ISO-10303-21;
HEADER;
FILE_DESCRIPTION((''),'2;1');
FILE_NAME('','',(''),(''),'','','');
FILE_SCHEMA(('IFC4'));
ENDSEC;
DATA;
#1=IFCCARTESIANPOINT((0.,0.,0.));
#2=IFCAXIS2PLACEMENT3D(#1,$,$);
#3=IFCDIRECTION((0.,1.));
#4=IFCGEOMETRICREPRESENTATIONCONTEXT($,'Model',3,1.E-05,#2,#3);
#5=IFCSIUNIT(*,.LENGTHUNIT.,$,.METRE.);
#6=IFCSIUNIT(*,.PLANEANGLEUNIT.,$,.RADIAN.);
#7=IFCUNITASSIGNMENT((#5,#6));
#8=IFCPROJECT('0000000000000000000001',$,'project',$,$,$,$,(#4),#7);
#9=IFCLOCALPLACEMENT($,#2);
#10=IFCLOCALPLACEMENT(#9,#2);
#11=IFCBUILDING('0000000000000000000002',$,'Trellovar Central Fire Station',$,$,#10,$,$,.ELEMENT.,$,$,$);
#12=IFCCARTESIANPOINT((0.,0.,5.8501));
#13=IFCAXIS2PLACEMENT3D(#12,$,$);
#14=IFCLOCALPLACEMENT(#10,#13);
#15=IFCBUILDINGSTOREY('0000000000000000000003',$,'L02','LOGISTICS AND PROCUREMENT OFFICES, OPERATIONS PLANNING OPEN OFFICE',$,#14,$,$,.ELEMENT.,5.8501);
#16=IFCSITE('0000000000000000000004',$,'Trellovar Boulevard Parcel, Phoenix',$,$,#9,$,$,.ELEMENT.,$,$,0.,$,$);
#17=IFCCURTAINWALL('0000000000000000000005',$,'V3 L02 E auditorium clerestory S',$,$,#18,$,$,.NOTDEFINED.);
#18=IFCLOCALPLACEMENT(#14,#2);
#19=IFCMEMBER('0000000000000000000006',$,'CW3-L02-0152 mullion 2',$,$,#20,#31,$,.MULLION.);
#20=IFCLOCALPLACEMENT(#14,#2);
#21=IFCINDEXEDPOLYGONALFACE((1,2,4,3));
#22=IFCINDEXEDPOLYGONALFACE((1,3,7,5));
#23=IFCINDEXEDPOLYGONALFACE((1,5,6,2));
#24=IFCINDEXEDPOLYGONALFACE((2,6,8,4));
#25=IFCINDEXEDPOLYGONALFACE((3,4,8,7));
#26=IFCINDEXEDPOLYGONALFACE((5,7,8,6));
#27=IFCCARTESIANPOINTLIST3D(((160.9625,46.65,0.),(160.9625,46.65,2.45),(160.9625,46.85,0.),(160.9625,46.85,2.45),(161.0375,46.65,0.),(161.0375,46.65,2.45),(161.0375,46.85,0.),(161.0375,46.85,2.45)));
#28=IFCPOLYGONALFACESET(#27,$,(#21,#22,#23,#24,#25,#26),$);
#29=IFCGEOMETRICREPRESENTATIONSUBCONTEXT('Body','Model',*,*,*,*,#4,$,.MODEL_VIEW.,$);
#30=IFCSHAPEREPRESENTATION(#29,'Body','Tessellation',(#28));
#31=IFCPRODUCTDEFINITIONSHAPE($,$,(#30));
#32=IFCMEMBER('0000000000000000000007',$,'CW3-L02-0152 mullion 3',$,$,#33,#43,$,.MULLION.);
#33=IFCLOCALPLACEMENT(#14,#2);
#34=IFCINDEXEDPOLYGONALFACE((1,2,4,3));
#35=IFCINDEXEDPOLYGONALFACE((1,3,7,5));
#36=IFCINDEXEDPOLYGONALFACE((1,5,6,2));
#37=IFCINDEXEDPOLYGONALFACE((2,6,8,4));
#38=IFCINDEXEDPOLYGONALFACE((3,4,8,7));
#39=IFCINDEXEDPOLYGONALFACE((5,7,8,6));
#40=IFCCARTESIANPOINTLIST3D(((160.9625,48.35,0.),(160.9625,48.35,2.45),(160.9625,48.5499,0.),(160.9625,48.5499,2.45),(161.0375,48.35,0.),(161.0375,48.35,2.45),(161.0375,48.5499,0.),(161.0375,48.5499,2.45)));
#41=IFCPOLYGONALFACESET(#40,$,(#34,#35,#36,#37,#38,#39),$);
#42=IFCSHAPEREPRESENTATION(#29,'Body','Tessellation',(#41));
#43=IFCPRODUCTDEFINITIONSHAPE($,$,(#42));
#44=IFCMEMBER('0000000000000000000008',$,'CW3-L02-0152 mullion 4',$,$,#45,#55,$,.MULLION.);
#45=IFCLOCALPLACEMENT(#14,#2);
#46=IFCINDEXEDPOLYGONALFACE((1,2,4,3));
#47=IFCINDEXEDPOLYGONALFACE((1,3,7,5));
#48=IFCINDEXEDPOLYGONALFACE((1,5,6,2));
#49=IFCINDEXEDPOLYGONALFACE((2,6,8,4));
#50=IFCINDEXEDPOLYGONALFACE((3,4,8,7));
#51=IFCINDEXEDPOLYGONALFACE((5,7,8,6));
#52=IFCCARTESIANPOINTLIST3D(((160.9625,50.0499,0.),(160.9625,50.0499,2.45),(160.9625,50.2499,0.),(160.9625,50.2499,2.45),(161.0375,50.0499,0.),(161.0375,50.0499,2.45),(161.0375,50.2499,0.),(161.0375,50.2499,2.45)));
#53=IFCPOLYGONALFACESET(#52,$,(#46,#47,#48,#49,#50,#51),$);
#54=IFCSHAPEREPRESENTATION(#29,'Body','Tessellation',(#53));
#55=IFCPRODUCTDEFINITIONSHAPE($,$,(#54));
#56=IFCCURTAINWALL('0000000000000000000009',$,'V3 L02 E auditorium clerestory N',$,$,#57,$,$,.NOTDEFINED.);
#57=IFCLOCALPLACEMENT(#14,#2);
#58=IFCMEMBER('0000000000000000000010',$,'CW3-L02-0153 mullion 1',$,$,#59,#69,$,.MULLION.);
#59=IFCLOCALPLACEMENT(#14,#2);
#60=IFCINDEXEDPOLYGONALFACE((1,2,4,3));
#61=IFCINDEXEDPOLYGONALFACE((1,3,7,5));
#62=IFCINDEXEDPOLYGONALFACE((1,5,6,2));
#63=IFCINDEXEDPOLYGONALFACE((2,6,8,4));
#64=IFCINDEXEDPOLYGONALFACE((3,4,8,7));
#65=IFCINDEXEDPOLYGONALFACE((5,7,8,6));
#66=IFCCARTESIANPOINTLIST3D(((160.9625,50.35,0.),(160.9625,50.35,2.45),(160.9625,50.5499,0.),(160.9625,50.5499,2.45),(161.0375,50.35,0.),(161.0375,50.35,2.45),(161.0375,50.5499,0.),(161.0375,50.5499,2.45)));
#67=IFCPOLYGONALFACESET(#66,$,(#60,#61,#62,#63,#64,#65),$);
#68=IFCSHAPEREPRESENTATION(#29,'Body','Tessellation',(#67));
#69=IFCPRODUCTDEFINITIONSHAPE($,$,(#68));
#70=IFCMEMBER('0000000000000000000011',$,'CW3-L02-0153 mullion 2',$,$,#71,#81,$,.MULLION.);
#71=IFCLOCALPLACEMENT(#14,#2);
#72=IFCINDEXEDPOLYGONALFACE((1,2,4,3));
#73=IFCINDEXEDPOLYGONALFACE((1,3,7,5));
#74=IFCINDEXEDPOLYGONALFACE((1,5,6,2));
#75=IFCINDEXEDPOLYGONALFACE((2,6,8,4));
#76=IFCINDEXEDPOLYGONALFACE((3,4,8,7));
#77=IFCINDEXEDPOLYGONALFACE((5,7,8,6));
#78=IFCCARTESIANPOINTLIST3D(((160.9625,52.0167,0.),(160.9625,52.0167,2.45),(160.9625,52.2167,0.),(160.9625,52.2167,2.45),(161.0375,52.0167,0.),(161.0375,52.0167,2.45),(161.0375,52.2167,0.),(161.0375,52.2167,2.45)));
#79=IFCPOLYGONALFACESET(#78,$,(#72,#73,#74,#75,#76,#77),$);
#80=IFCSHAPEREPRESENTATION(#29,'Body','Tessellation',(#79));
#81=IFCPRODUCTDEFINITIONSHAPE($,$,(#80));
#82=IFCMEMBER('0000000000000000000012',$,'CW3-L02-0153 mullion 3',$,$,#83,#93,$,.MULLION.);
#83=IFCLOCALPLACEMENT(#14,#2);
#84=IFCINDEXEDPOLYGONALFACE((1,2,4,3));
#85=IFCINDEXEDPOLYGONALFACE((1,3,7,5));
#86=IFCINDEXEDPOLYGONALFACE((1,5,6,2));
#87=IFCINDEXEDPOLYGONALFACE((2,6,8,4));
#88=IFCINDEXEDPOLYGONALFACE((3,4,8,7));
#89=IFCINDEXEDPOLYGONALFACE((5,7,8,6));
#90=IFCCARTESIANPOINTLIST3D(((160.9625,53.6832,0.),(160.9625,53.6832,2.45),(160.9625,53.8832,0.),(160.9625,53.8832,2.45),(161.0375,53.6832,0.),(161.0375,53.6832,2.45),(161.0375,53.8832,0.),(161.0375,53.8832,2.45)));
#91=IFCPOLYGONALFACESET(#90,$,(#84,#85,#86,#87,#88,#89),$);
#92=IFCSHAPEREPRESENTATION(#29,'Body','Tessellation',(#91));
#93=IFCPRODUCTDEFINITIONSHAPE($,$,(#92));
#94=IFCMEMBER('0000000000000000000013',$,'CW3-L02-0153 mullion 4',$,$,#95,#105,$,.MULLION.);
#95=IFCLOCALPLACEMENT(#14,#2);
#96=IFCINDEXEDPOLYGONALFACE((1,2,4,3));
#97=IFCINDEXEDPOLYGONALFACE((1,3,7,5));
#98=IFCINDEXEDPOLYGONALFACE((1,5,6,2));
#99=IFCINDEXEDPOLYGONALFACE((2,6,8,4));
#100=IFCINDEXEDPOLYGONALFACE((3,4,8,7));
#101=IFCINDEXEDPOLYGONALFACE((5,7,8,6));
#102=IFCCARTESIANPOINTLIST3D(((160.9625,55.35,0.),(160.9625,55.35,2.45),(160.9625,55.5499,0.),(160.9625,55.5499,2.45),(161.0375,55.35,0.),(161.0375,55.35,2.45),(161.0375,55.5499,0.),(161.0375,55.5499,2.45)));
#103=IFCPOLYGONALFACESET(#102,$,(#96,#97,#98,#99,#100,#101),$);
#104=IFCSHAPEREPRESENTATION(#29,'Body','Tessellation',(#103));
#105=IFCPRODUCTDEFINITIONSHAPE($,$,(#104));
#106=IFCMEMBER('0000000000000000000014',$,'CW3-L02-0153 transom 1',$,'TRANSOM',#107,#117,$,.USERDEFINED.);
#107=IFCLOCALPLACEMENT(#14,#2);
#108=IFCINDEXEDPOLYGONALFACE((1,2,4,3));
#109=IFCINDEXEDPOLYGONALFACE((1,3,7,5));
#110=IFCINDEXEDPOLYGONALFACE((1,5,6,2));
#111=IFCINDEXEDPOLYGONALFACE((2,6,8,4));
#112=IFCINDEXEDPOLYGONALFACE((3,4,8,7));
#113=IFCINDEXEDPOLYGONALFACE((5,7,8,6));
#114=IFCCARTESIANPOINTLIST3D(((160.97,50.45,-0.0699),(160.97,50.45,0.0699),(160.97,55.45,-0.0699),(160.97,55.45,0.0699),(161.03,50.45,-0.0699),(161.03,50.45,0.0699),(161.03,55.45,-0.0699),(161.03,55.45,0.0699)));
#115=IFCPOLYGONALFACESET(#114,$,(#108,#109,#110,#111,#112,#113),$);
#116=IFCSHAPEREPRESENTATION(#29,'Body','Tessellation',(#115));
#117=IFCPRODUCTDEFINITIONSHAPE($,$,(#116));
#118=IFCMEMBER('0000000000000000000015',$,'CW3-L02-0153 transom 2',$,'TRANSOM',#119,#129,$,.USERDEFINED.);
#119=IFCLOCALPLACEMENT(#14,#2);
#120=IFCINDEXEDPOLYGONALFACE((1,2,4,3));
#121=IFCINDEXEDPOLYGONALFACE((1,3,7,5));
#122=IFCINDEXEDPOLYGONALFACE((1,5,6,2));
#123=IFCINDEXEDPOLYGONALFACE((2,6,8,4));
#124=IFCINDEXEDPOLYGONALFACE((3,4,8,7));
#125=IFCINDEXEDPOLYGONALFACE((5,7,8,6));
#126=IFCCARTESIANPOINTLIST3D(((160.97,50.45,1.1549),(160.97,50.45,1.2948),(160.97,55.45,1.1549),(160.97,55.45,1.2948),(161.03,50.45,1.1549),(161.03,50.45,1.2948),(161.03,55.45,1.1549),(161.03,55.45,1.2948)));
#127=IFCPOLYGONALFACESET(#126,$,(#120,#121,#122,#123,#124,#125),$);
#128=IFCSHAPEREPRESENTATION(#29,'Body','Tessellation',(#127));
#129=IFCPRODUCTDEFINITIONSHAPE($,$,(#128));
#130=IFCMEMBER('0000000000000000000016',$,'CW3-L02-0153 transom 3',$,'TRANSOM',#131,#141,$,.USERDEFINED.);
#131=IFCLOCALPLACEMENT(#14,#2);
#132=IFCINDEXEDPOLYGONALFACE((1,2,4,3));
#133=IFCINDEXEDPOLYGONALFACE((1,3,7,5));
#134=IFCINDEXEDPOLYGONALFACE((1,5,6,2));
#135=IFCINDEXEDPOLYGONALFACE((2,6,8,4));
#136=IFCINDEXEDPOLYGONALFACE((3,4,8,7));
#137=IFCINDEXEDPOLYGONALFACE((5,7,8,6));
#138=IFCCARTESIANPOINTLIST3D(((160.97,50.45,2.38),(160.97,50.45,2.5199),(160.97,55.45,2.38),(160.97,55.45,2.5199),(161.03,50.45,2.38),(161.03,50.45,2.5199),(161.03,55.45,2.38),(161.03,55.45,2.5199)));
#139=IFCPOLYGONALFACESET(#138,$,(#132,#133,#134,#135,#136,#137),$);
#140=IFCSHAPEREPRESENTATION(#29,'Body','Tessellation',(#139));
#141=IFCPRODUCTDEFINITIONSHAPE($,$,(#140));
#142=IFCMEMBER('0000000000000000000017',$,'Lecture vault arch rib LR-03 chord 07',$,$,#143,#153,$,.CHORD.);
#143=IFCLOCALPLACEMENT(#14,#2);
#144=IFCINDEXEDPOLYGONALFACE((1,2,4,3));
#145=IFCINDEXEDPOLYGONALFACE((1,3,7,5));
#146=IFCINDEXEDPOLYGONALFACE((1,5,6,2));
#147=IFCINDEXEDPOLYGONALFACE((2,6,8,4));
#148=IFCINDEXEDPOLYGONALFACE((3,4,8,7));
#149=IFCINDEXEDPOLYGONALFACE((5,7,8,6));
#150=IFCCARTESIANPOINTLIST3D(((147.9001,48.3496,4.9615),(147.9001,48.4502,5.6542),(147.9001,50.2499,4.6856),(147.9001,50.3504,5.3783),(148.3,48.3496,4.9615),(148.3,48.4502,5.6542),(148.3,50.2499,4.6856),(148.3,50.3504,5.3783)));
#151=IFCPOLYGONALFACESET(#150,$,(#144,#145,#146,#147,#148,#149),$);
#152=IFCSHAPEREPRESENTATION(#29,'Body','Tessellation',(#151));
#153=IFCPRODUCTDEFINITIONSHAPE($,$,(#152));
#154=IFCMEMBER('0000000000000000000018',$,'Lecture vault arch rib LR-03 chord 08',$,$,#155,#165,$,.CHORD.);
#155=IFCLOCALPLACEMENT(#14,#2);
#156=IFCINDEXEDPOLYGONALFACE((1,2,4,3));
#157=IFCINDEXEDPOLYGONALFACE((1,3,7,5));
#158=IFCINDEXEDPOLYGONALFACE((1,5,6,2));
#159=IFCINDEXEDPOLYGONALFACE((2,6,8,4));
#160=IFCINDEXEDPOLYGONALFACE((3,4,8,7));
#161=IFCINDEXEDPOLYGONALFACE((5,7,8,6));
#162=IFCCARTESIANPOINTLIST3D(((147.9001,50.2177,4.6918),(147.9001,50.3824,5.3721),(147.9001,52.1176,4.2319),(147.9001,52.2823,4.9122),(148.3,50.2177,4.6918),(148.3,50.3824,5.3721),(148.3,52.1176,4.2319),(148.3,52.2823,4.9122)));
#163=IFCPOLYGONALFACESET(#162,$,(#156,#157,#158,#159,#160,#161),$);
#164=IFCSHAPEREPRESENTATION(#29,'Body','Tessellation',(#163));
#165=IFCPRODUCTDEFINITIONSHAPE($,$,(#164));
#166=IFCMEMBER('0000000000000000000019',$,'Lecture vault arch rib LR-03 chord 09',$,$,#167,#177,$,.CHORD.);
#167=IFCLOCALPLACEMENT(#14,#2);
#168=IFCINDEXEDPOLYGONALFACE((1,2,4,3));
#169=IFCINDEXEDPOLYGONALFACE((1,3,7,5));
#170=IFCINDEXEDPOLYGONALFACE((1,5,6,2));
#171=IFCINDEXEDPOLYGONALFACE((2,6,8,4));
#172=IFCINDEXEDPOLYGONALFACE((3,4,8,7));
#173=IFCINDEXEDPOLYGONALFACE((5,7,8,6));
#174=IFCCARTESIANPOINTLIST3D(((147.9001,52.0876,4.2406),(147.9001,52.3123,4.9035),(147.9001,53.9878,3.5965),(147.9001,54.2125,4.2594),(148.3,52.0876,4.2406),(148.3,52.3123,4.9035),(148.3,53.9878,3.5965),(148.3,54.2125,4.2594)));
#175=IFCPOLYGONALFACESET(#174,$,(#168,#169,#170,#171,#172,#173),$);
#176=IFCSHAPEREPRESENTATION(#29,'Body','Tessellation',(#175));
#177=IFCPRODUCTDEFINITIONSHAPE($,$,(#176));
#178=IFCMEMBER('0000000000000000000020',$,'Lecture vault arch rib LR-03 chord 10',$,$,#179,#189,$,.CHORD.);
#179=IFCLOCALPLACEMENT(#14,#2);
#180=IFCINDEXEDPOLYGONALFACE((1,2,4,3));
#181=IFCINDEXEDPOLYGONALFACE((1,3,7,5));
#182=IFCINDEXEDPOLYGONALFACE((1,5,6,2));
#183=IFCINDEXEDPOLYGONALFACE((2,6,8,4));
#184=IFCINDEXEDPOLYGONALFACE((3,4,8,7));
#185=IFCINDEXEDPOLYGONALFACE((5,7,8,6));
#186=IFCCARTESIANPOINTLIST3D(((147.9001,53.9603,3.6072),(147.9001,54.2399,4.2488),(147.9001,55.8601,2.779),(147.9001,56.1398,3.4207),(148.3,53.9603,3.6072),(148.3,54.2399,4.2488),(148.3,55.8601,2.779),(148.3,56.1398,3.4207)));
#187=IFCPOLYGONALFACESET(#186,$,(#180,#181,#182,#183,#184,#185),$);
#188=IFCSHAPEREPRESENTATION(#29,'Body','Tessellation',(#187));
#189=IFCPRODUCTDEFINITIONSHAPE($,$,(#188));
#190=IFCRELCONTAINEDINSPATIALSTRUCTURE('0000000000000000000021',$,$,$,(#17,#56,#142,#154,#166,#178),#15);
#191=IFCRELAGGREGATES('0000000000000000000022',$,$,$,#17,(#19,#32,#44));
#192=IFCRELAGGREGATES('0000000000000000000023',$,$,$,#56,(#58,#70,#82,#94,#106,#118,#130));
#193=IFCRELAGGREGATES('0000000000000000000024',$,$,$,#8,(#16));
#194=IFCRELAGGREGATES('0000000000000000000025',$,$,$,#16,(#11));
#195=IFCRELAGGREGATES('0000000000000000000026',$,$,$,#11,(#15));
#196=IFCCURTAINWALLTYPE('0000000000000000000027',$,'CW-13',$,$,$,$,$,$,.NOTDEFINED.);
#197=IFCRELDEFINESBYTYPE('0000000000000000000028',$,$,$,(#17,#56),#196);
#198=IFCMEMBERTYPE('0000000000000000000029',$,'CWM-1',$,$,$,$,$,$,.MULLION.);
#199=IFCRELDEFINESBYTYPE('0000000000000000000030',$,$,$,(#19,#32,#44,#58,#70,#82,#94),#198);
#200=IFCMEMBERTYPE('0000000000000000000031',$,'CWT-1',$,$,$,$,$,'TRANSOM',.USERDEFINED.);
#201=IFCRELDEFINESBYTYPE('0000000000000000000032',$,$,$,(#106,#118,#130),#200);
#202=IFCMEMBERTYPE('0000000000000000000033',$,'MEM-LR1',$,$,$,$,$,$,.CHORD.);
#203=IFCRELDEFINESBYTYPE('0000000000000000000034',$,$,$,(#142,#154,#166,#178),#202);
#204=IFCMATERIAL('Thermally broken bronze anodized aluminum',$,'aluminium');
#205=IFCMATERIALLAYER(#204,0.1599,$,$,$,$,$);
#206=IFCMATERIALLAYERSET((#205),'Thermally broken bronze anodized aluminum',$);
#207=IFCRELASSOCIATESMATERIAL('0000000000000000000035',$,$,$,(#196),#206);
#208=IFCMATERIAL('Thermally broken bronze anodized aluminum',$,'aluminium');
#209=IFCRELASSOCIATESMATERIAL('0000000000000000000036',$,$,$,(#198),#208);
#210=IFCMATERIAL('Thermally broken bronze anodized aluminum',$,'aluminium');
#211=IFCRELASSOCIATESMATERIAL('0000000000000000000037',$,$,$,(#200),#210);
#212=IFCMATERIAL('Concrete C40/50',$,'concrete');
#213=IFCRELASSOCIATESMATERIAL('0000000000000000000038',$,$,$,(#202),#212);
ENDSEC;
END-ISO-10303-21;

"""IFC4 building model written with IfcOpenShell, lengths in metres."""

from ifc_helpers import new_model, si_unit, direction, frame, origin, origin_2d, place, context, subcontext, project, spatial, rectangle, extrude, material, layer, layer_set, material_profile, profile_set, type_object, element, aggregate, save


model = new_model("IFC4")

# Units and contexts
model_context = context("Model", 3, precision=1e-05, world=origin(), true_north=direction((0.0, 1.0)))
body_context = subcontext(model_context, "Body", "Model", "MODEL_VIEW")
ifc_project = project(units=[si_unit("LENGTHUNIT", "METRE"), si_unit("PLANEANGLEUNIT", "RADIAN")], contexts=[model_context])

# Site, building, storey
site_placement = place(None, origin())
site = spatial("IfcSite", under=ifc_project, at=site_placement, Name="Trellovar Boulevard Parcel, Phoenix", CompositionType="ELEMENT", RefElevation=0.0)
building_placement = place(site_placement, origin())
building = spatial("IfcBuilding", under=site, at=building_placement, Name="Trellovar Central Fire Station", CompositionType="ELEMENT")
storey_placement = place(building_placement, frame((0.0, 0.0, 5.8501)))
storey = spatial("IfcBuildingStorey", under=building, at=storey_placement, Name="L02", Description="LOGISTICS AND PROCUREMENT OFFICES, OPERATIONS PLANNING OPEN OFFICE", CompositionType="ELEMENT", Elevation=5.8501)

# Curtain walls, members
ifc_material_1 = material(Name="Thermally broken bronze anodized aluminum", Category="aluminium")
ifc_layer_1 = layer(ifc_material_1, 0.1599)
ifc_layer_set_1 = layer_set([ifc_layer_1], Name="Thermally broken bronze anodized aluminum")
curtain_wall_type = type_object("IfcCurtainWallType", Name="CW-13", PredefinedType="NOTDEFINED", material=ifc_layer_set_1)
curtain_wall_1_placement = place(storey_placement, origin())
curtain_wall_1 = element("IfcCurtainWall", 1, at=curtain_wall_1_placement, inside=storey, type_object=curtain_wall_type, Name="V3 L02 E auditorium clerestory S", PredefinedType="NOTDEFINED")
ifc_material_2 = material(Name="Thermally broken bronze anodized aluminum", Category="aluminium")
ifc_material_profile_1 = material_profile(ifc_material_2, rectangle(XDim=0.075, YDim=0.2, at=origin_2d()), Name="ALU75X200")
ifc_profile_set_1 = profile_set([ifc_material_profile_1], Name="Thermally broken bronze anodized aluminum")
member_type_1 = type_object("IfcMemberType", Name="CWM-1", PredefinedType="MULLION", material=ifc_profile_set_1)
member_1_placement = place(storey_placement, frame((161.0, 46.75, 0.0), z_axis=(0.0, 0.0, 1.0), x_axis=(1.0, 0.0, 0.0)))
member_1 = element("IfcMember", 2, at=member_1_placement, type_object=member_type_1, Name="CW3-L02-0152 mullion 2", PredefinedType="MULLION", context=body_context, shape_type="SweptSolid", body=[
    extrude(rectangle(XDim=0.075, YDim=0.2, at=origin_2d()), origin(), (0.0, 0.0, 1.0), 2.45),
])
member_2_placement = place(storey_placement, frame((161.0, 48.45, 0.0), z_axis=(0.0, 0.0, 1.0), x_axis=(1.0, 0.0, 0.0)))
member_2 = element("IfcMember", 3, at=member_2_placement, type_object=member_type_1, Name="CW3-L02-0152 mullion 3", PredefinedType="MULLION", context=body_context, shape_type="SweptSolid", body=[
    extrude(rectangle(XDim=0.075, YDim=0.2, at=origin_2d()), origin(), (0.0, 0.0, 1.0), 2.45),
])
member_3_placement = place(storey_placement, frame((161.0, 50.1499, 0.0), z_axis=(0.0, 0.0, 1.0), x_axis=(1.0, 0.0, 0.0)))
member_3 = element("IfcMember", 4, at=member_3_placement, type_object=member_type_1, Name="CW3-L02-0152 mullion 4", PredefinedType="MULLION", context=body_context, shape_type="SweptSolid", body=[
    extrude(rectangle(XDim=0.075, YDim=0.2, at=origin_2d()), origin(), (0.0, 0.0, 1.0), 2.45),
])
curtain_wall_2_placement = place(storey_placement, origin())
curtain_wall_2 = element("IfcCurtainWall", 5, at=curtain_wall_2_placement, inside=storey, type_object=curtain_wall_type, Name="V3 L02 E auditorium clerestory N", PredefinedType="NOTDEFINED")
member_4_placement = place(storey_placement, frame((161.0, 50.45, 0.0), z_axis=(0.0, 0.0, 1.0), x_axis=(1.0, 0.0, 0.0)))
member_4 = element("IfcMember", 6, at=member_4_placement, type_object=member_type_1, Name="CW3-L02-0153 mullion 1", PredefinedType="MULLION", context=body_context, shape_type="SweptSolid", body=[
    extrude(rectangle(XDim=0.075, YDim=0.2, at=origin_2d()), origin(), (0.0, 0.0, 1.0), 2.45),
])
member_5_placement = place(storey_placement, frame((161.0, 52.1167, 0.0), z_axis=(0.0, 0.0, 1.0), x_axis=(1.0, 0.0, 0.0)))
member_5 = element("IfcMember", 7, at=member_5_placement, type_object=member_type_1, Name="CW3-L02-0153 mullion 2", PredefinedType="MULLION", context=body_context, shape_type="SweptSolid", body=[
    extrude(rectangle(XDim=0.075, YDim=0.2, at=origin_2d()), origin(), (0.0, 0.0, 1.0), 2.45),
])
member_6_placement = place(storey_placement, frame((161.0, 53.7832, 0.0), z_axis=(0.0, 0.0, 1.0), x_axis=(1.0, 0.0, 0.0)))
member_6 = element("IfcMember", 8, at=member_6_placement, type_object=member_type_1, Name="CW3-L02-0153 mullion 3", PredefinedType="MULLION", context=body_context, shape_type="SweptSolid", body=[
    extrude(rectangle(XDim=0.075, YDim=0.2, at=origin_2d()), origin(), (0.0, 0.0, 1.0), 2.45),
])
member_7_placement = place(storey_placement, frame((161.0, 55.45, 0.0), z_axis=(0.0, 0.0, 1.0), x_axis=(1.0, 0.0, 0.0)))
member_7 = element("IfcMember", 9, at=member_7_placement, type_object=member_type_1, Name="CW3-L02-0153 mullion 4", PredefinedType="MULLION", context=body_context, shape_type="SweptSolid", body=[
    extrude(rectangle(XDim=0.075, YDim=0.2, at=origin_2d()), origin(), (0.0, 0.0, 1.0), 2.45),
])
ifc_material_3 = material(Name="Thermally broken bronze anodized aluminum", Category="aluminium")
ifc_material_profile_2 = material_profile(ifc_material_3, rectangle(XDim=0.0601, YDim=0.1399, at=origin_2d()), Name="ALU60X140")
ifc_profile_set_2 = profile_set([ifc_material_profile_2], Name="Thermally broken bronze anodized aluminum")
member_type_2 = type_object("IfcMemberType", Name="CWT-1", ElementType="TRANSOM", PredefinedType="USERDEFINED", material=ifc_profile_set_2)
member_8_placement = place(storey_placement, frame((161.0, 50.45, 0.0), z_axis=(0.0, 1.0, 0.0), x_axis=(-1.0, 0.0, 0.0)))
member_8 = element("IfcMember", 10, at=member_8_placement, type_object=member_type_2, Name="CW3-L02-0153 transom 1", ObjectType="TRANSOM", PredefinedType="USERDEFINED", context=body_context, shape_type="SweptSolid", body=[
    extrude(rectangle(XDim=0.0601, YDim=0.1399, at=origin_2d()), origin(), (0.0, 0.0, 1.0), 5.0),
])
member_9_placement = place(storey_placement, frame((161.0, 50.45, 1.2249), z_axis=(0.0, 1.0, 0.0), x_axis=(-1.0, 0.0, 0.0)))
member_9 = element("IfcMember", 11, at=member_9_placement, type_object=member_type_2, Name="CW3-L02-0153 transom 2", ObjectType="TRANSOM", PredefinedType="USERDEFINED", context=body_context, shape_type="SweptSolid", body=[
    extrude(rectangle(XDim=0.0601, YDim=0.1399, at=origin_2d()), origin(), (0.0, 0.0, 1.0), 5.0),
])
member_10_placement = place(storey_placement, frame((161.0, 50.45, 2.45), z_axis=(0.0, 1.0, 0.0), x_axis=(-1.0, 0.0, 0.0)))
member_10 = element("IfcMember", 12, at=member_10_placement, type_object=member_type_2, Name="CW3-L02-0153 transom 3", ObjectType="TRANSOM", PredefinedType="USERDEFINED", context=body_context, shape_type="SweptSolid", body=[
    extrude(rectangle(XDim=0.0601, YDim=0.1399, at=origin_2d()), origin(), (0.0, 0.0, 1.0), 5.0),
])

# Members
ifc_material_4 = material(Name="Concrete C40/50", Category="concrete")
ifc_material_profile_3 = material_profile(ifc_material_4, rectangle(XDim=0.3999, YDim=0.7, at=origin_2d()), Name="RC400X700")
ifc_profile_set_3 = profile_set([ifc_material_profile_3], Name="Concrete C40/50")
member_type_3 = type_object("IfcMemberType", Name="MEM-LR1", PredefinedType="CHORD", material=ifc_profile_set_3)
member_11_placement = place(storey_placement, frame((148.1001, 48.3999, 5.3079), z_axis=(0.0, 0.989624, -0.143682), x_axis=(-1.0, 0.0, 0.0)))
element("IfcMember", 13, at=member_11_placement, inside=storey, type_object=member_type_3, Name="Lecture vault arch rib LR-03 chord 07", PredefinedType="CHORD", context=body_context, shape_type="SweptSolid", body=[
    extrude(rectangle(XDim=0.3999, YDim=0.7, at=origin_2d()), origin(), (0.0, 0.0, 1.0), 1.9202),
])
member_12_placement = place(storey_placement, frame((148.1001, 50.3, 5.032), z_axis=(0.0, 0.971923, -0.2353), x_axis=(-1.0, 0.0, 0.0)))
element("IfcMember", 14, at=member_12_placement, inside=storey, type_object=member_type_3, Name="Lecture vault arch rib LR-03 chord 08", PredefinedType="CHORD", context=body_context, shape_type="SweptSolid", body=[
    extrude(rectangle(XDim=0.3999, YDim=0.7, at=origin_2d()), origin(), (0.0, 0.0, 1.0), 1.9548),
])
member_13_placement = place(storey_placement, frame((148.1001, 52.2, 4.572), z_axis=(0.0, 0.947077, -0.321006), x_axis=(-1.0, 0.0, 0.0)))
element("IfcMember", 15, at=member_13_placement, inside=storey, type_object=member_type_3, Name="Lecture vault arch rib LR-03 chord 09", PredefinedType="CHORD", context=body_context, shape_type="SweptSolid", body=[
    extrude(rectangle(XDim=0.3999, YDim=0.7, at=origin_2d()), origin(), (0.0, 0.0, 1.0), 2.0063),
])
member_14_placement = place(storey_placement, frame((148.1001, 54.1001, 3.928), z_axis=(0.0, 0.916703, -0.39957), x_axis=(-1.0, 0.0, 0.0)))
element("IfcMember", 16, at=member_14_placement, inside=storey, type_object=member_type_3, Name="Lecture vault arch rib LR-03 chord 10", PredefinedType="CHORD", context=body_context, shape_type="SweptSolid", body=[
    extrude(rectangle(XDim=0.3999, YDim=0.7, at=origin_2d()), origin(), (0.0, 0.0, 1.0), 2.0725),
])

aggregate(curtain_wall_1, [member_1, member_2, member_3])
aggregate(curtain_wall_2, [member_4, member_5, member_6, member_7, member_8, member_9, member_10])

save(model, "model.ifc")
